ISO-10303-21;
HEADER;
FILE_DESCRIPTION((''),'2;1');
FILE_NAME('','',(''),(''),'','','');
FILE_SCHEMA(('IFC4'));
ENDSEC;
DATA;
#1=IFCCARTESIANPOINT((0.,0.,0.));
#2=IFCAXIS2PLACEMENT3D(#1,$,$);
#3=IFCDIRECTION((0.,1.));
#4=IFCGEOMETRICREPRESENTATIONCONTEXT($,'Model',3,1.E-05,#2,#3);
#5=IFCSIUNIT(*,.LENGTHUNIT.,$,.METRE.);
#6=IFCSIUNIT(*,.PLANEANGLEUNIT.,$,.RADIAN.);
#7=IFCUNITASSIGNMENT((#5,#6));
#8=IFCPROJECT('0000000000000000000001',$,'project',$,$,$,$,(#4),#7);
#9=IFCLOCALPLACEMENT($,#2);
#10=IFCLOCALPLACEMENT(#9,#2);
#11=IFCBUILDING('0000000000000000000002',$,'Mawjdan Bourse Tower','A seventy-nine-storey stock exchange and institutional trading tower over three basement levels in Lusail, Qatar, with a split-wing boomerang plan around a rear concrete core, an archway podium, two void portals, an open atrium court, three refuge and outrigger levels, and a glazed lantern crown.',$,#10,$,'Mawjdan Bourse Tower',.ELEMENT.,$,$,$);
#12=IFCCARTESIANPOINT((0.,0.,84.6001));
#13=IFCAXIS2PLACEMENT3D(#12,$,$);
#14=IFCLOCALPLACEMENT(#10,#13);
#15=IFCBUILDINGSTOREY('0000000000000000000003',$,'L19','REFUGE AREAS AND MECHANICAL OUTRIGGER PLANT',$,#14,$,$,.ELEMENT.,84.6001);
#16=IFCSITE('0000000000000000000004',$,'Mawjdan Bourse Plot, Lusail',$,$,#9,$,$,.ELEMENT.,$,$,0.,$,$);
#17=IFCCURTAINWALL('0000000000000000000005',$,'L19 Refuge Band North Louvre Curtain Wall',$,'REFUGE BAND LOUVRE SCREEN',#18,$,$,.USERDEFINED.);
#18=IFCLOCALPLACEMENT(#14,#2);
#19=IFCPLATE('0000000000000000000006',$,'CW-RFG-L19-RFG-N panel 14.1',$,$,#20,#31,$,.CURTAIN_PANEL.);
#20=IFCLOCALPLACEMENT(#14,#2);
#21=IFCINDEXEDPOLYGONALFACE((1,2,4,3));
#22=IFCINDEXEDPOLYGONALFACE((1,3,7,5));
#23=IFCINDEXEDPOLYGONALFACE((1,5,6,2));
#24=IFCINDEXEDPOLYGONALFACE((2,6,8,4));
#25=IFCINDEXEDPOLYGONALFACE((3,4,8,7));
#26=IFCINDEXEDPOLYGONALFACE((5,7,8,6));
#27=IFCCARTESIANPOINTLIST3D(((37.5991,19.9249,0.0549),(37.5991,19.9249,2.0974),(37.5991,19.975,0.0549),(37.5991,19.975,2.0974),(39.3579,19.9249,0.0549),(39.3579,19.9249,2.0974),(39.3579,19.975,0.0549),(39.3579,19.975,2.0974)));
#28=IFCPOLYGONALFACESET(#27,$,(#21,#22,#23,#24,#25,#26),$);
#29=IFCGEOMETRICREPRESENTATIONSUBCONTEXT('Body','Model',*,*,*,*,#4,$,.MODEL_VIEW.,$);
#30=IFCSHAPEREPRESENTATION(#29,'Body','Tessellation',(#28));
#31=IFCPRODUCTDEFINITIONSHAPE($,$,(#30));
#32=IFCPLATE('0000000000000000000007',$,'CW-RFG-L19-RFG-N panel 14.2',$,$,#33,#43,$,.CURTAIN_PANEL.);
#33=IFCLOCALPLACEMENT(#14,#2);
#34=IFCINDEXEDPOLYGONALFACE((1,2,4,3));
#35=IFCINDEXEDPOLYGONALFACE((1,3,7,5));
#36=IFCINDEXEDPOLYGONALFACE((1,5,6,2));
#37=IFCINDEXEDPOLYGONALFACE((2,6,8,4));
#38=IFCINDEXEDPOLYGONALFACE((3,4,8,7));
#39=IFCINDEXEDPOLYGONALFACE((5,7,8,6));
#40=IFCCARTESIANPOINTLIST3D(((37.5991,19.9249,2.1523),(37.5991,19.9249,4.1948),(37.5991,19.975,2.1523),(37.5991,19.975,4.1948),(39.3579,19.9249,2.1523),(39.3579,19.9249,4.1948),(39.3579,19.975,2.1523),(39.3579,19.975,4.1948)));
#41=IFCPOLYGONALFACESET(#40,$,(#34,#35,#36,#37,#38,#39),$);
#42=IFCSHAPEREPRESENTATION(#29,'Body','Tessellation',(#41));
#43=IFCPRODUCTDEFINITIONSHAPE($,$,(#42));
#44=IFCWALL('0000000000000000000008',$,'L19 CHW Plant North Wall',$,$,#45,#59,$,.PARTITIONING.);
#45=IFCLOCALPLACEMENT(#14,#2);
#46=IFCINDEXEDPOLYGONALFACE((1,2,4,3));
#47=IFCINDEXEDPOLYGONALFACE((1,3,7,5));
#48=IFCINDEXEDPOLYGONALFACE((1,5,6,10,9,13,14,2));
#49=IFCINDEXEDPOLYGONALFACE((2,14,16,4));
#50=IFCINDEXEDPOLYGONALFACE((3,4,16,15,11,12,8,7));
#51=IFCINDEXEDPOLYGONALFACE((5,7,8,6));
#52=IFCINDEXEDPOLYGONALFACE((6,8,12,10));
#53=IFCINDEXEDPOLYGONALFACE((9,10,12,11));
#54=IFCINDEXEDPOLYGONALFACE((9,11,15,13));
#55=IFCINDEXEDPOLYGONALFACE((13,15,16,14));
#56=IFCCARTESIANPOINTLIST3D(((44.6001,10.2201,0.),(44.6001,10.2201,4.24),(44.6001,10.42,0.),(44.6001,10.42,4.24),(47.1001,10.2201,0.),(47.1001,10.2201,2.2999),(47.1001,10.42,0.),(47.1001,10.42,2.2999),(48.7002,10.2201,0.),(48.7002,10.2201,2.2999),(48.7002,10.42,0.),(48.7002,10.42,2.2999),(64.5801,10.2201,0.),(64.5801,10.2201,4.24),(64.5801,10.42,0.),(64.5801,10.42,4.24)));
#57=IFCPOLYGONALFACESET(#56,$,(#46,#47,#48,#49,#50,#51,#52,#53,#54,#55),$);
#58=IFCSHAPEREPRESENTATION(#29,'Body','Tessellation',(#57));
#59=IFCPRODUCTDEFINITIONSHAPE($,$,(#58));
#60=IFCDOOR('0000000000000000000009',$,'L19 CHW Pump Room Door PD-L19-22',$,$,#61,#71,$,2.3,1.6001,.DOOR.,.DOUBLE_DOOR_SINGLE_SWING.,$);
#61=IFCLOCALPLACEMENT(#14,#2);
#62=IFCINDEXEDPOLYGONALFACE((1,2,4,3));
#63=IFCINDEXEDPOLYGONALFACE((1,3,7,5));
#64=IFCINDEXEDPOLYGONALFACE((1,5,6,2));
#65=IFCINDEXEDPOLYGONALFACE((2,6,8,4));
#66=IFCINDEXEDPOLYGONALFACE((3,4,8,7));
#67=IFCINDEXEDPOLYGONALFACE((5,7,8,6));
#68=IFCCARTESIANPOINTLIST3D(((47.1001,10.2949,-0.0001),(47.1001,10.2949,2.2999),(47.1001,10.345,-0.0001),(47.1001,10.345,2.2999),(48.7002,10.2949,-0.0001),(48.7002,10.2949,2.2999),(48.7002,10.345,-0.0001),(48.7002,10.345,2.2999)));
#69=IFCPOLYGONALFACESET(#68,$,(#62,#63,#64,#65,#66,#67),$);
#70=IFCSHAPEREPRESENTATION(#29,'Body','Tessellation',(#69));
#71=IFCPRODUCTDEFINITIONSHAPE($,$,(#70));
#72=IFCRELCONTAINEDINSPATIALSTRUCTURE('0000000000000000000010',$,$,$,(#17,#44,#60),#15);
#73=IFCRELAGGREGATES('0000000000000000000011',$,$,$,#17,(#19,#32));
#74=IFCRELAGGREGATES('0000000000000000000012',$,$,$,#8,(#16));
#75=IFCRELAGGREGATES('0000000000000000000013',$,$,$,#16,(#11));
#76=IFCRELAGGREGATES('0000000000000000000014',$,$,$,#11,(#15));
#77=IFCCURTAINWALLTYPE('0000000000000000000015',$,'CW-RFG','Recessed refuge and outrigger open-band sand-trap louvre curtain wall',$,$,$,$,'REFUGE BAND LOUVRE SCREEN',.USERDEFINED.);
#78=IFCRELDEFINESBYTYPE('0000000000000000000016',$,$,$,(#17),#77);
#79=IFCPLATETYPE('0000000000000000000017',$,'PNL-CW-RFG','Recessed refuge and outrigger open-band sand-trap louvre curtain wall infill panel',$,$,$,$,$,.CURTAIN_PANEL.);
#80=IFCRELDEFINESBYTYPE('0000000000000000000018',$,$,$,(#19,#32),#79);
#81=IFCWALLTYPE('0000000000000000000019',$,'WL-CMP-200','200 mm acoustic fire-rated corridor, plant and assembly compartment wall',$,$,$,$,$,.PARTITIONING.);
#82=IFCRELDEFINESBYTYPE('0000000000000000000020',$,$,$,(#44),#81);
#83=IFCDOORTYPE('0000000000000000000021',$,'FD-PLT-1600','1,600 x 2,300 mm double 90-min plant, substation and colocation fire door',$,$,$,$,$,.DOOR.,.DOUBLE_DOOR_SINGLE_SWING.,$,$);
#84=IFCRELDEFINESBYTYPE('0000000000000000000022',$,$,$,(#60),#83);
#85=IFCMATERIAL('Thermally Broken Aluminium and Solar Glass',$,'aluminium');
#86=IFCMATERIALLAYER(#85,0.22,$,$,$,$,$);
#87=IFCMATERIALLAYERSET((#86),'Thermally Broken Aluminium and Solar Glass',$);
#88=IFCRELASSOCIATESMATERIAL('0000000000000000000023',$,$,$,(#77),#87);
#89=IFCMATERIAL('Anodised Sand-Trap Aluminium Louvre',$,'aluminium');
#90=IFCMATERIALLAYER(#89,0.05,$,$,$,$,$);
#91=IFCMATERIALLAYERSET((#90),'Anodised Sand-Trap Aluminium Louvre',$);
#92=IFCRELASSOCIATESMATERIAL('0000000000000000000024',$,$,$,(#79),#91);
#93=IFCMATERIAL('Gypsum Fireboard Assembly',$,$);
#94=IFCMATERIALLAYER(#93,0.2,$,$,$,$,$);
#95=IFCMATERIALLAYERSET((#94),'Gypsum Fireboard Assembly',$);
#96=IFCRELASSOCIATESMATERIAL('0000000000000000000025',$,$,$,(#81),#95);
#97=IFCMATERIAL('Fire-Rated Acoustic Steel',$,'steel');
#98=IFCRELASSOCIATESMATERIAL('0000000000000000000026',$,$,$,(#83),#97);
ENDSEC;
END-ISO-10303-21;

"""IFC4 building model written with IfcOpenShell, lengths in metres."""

from ifc_helpers import new_model, si_unit, direction, frame, frame_2d, origin, origin_2d, place, context, subcontext, project, spatial, rectangle, extrude, material, layer, layer_set, type_object, element, fill, aggregate, save


model = new_model("IFC4")

# Units and contexts
model_context = context("Model", 3, precision=1e-05, world=origin(), true_north=direction((0.0, 1.0)))
body_context = subcontext(model_context, "Body", "Model", "MODEL_VIEW")
ifc_project = project(units=[si_unit("LENGTHUNIT", "METRE"), si_unit("PLANEANGLEUNIT", "RADIAN")], contexts=[model_context])

# Site, building, storey
site_placement = place(None, origin())
site = spatial("IfcSite", under=ifc_project, at=site_placement, Name="Mawjdan Bourse Plot, Lusail", CompositionType="ELEMENT", RefElevation=0.0)
building_placement = place(site_placement, origin())
building = spatial("IfcBuilding", under=site, at=building_placement, Name="Mawjdan Bourse Tower", Description="A seventy-nine-storey stock exchange and institutional trading tower over three basement levels in Lusail, Qatar, with a split-wing boomerang plan around a rear concrete core, an archway podium, two void portals, an open atrium court, three refuge and outrigger levels, and a glazed lantern crown.", LongName="Mawjdan Bourse Tower", CompositionType="ELEMENT")
storey_placement = place(building_placement, frame((0.0, 0.0, 84.6001)))
storey = spatial("IfcBuildingStorey", under=building, at=storey_placement, Name="L19", Description="REFUGE AREAS AND MECHANICAL OUTRIGGER PLANT", CompositionType="ELEMENT", Elevation=84.6001)

# Curtain wall
ifc_material_1 = material(Name="Thermally Broken Aluminium and Solar Glass", Category="aluminium")
ifc_layer_1 = layer(ifc_material_1, 0.22)
ifc_layer_set_1 = layer_set([ifc_layer_1], Name="Thermally Broken Aluminium and Solar Glass")
curtain_wall_type = type_object("IfcCurtainWallType", Name="CW-RFG", Description="Recessed refuge and outrigger open-band sand-trap louvre curtain wall", ElementType="REFUGE BAND LOUVRE SCREEN", PredefinedType="USERDEFINED", material=ifc_layer_set_1)
curtain_wall_placement = place(storey_placement, origin())
curtain_wall = element("IfcCurtainWall", 1, at=curtain_wall_placement, inside=storey, type_object=curtain_wall_type, Name="L19 Refuge Band North Louvre Curtain Wall", ObjectType="REFUGE BAND LOUVRE SCREEN", PredefinedType="USERDEFINED")

# Plates
ifc_material_2 = material(Name="Anodised Sand-Trap Aluminium Louvre", Category="aluminium")
ifc_layer_2 = layer(ifc_material_2, 0.05)
ifc_layer_set_2 = layer_set([ifc_layer_2], Name="Anodised Sand-Trap Aluminium Louvre")
plate_type_1 = type_object("IfcPlateType", Name="PNL-CW-RFG", Description="Recessed refuge and outrigger open-band sand-trap louvre curtain wall infill panel", PredefinedType="CURTAIN_PANEL", material=ifc_layer_set_2)
plate_1_placement = place(storey_placement, frame((38.4785, 19.95, 0.0549), z_axis=(0.0, 0.0, 1.0), x_axis=(-1.0, 0.0, 0.0)))
plate_1 = element("IfcPlate", 2, at=plate_1_placement, type_object=plate_type_1, Name="CW-RFG-L19-RFG-N panel 14.1", PredefinedType="CURTAIN_PANEL", context=body_context, shape_type="SweptSolid", body=[
    extrude(rectangle(XDim=1.7588, YDim=0.05, at=origin_2d()), origin(), (0.0, 0.0, 1.0), 2.0425),
])
plate_2_placement = place(storey_placement, frame((38.4785, 19.95, 2.1523), z_axis=(0.0, 0.0, 1.0), x_axis=(-1.0, 0.0, 0.0)))
plate_2 = element("IfcPlate", 3, at=plate_2_placement, type_object=plate_type_1, Name="CW-RFG-L19-RFG-N panel 14.2", PredefinedType="CURTAIN_PANEL", context=body_context, shape_type="SweptSolid", body=[
    extrude(rectangle(XDim=1.7588, YDim=0.05, at=origin_2d()), origin(), (0.0, 0.0, 1.0), 2.0425),
])
aggregate(curtain_wall, [plate_1, plate_2])

# Wall, opening, door
ifc_material_3 = material(Name="Gypsum Fireboard Assembly")
ifc_layer_3 = layer(ifc_material_3, 0.2)
ifc_layer_set_3 = layer_set([ifc_layer_3], Name="Gypsum Fireboard Assembly")
wall_type = type_object("IfcWallType", Name="WL-CMP-200", Description="200 mm acoustic fire-rated corridor, plant and assembly compartment wall", PredefinedType="PARTITIONING", material=ifc_layer_set_3)
wall_placement = place(storey_placement, frame((44.6001, 10.3201, 0.0), z_axis=(0.0, 0.0, 1.0), x_axis=(1.0, 0.0, 0.0)))
wall = element("IfcWall", 4, at=wall_placement, inside=storey, type_object=wall_type, Name="L19 CHW Plant North Wall", PredefinedType="PARTITIONING", context=body_context, shape_type="SweptSolid", body=[
    extrude(rectangle(XDim=19.98, YDim=0.2, at=frame_2d((9.99, 0.0))), origin(), (0.0, 0.0, 1.0), 4.24),
])
opening_placement = place(wall_placement, frame((2.5, 0.0, 0.0)))
opening = element("IfcOpeningElement", 5, at=opening_placement, cuts=wall, PredefinedType="OPENING", context=body_context, shape_type="SweptSolid", body=[
    extrude(rectangle(XDim=1.6001, YDim=2.3, at=frame_2d((0.8, 1.1499))), frame((0.0, 0.1099, 0.0), z_axis=(0.0, -1.0, 0.0), x_axis=(1.0, 0.0, 0.0)), (0.0, 0.0, 1.0), 0.22),
])
ifc_material_4 = material(Name="Fire-Rated Acoustic Steel", Category="steel")
door_type = type_object("IfcDoorType", Name="FD-PLT-1600", Description="1,600 x 2,300 mm double 90-min plant, substation and colocation fire door", OperationType="DOUBLE_DOOR_SINGLE_SWING", PredefinedType="DOOR", material=ifc_material_4)
door_placement = place(opening_placement, origin())
door = element("IfcDoor", 6, at=door_placement, inside=storey, type_object=door_type, Name="L19 CHW Pump Room Door PD-L19-22", OperationType="DOUBLE_DOOR_SINGLE_SWING", OverallHeight=2.3, OverallWidth=1.6001, PredefinedType="DOOR", context=body_context, shape_type="SweptSolid", body=[
    extrude(rectangle(XDim=1.6001, YDim=2.3, at=frame_2d((0.8, 1.1499))), frame((0.0, 0.0249, 0.0), z_axis=(0.0, -1.0, 0.0), x_axis=(1.0, 0.0, 0.0)), (0.0, 0.0, 1.0), 0.05),
])
fill(opening, door)

save(model, "model.ifc")
